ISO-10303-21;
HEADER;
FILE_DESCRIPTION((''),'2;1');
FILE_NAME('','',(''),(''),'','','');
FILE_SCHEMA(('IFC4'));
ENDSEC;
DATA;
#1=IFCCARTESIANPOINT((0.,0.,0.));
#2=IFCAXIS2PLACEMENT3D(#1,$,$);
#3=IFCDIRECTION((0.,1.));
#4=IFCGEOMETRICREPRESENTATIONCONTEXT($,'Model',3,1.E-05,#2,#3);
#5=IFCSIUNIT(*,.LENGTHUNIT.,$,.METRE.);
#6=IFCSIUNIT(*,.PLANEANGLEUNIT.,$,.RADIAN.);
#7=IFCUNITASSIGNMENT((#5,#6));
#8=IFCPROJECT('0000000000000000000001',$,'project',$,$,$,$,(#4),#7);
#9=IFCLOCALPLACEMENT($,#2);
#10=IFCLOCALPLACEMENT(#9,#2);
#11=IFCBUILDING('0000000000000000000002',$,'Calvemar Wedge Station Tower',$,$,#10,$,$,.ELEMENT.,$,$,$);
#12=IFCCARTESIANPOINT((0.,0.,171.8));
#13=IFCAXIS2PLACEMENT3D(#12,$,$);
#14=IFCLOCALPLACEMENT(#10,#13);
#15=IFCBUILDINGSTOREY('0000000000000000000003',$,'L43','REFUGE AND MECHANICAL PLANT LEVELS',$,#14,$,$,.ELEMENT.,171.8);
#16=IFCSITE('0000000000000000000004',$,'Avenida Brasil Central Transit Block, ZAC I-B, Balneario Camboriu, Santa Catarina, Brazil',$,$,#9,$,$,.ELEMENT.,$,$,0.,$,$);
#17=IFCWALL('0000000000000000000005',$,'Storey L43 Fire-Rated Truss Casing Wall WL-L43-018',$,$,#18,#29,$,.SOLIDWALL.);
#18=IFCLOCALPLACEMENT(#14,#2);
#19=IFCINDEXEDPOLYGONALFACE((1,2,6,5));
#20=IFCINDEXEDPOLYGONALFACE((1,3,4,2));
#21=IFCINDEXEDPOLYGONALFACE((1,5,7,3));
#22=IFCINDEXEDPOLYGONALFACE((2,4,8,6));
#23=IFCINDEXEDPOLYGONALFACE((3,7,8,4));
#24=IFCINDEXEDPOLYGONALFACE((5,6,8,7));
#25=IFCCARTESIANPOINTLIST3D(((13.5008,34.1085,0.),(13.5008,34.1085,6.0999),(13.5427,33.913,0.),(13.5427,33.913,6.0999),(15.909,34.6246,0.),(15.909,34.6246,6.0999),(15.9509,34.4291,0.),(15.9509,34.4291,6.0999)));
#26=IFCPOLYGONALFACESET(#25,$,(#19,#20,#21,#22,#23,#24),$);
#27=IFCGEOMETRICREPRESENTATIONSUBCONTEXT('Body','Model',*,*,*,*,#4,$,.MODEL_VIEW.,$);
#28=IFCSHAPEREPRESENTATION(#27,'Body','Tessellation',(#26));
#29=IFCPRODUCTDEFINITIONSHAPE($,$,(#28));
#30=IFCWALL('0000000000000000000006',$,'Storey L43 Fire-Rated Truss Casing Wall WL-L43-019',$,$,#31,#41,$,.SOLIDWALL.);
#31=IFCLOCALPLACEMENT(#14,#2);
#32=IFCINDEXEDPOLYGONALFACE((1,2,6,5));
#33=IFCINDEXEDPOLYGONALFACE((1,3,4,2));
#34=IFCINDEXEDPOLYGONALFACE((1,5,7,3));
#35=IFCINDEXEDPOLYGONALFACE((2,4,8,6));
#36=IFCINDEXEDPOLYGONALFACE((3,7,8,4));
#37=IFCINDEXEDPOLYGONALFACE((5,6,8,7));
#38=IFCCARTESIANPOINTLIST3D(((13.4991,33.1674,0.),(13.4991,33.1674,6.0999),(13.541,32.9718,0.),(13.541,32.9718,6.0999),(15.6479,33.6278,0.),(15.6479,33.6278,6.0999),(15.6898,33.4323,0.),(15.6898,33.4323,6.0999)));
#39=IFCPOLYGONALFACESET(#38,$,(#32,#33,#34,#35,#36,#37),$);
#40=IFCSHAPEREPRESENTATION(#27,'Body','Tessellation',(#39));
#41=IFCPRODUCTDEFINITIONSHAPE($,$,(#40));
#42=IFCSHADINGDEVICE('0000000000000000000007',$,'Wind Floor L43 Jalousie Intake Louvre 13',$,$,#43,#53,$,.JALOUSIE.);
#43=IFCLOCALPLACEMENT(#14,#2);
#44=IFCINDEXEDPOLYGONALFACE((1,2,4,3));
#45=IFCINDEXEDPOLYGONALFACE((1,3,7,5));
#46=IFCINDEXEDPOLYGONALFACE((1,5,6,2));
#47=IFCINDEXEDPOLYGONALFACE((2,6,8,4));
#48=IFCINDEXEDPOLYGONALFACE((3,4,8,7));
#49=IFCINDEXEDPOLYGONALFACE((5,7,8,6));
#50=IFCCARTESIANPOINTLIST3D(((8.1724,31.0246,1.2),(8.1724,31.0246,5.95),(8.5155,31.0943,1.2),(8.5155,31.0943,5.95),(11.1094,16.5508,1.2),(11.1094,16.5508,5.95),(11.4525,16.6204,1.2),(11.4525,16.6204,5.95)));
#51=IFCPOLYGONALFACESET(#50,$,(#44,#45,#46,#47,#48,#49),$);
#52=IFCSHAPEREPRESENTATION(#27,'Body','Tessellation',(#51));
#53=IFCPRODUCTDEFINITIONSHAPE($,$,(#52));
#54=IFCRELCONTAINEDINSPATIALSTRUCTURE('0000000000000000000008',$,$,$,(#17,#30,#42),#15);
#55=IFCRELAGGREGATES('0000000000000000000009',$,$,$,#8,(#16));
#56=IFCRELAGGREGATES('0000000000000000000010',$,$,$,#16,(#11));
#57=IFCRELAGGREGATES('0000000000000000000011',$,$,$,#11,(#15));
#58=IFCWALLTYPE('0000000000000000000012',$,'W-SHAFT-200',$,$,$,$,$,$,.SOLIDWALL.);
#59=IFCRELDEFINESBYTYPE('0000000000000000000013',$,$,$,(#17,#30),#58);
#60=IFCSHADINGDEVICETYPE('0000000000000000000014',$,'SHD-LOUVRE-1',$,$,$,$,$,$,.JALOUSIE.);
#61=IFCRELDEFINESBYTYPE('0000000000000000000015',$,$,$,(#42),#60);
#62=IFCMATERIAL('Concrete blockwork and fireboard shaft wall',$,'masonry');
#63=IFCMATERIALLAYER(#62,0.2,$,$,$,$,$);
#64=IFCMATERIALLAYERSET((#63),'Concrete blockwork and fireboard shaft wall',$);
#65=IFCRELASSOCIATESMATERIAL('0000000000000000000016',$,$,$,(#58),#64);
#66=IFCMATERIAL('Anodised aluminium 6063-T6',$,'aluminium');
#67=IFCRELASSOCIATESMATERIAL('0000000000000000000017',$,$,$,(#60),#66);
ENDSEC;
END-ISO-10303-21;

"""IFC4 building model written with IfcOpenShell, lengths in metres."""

from ifc_helpers import new_model, si_unit, direction, frame, frame_2d, origin, place, context, subcontext, project, spatial, rectangle, extrude, material, layer, layer_set, type_object, element, save


model = new_model("IFC4")

# Units and contexts
model_context = context("Model", 3, precision=1e-05, world=origin(), true_north=direction((0.0, 1.0)))
body_context = subcontext(model_context, "Body", "Model", "MODEL_VIEW")
ifc_project = project(units=[si_unit("LENGTHUNIT", "METRE"), si_unit("PLANEANGLEUNIT", "RADIAN")], contexts=[model_context])

# Site, building, storey
site_placement = place(None, origin())
site = spatial("IfcSite", under=ifc_project, at=site_placement, Name="Avenida Brasil Central Transit Block, ZAC I-B, Balneario Camboriu, Santa Catarina, Brazil", CompositionType="ELEMENT", RefElevation=0.0)
building_placement = place(site_placement, origin())
building = spatial("IfcBuilding", under=site, at=building_placement, Name="Calvemar Wedge Station Tower", CompositionType="ELEMENT")
storey_placement = place(building_placement, frame((0.0, 0.0, 171.8)))
storey = spatial("IfcBuildingStorey", under=building, at=storey_placement, Name="L43", Description="REFUGE AND MECHANICAL PLANT LEVELS", CompositionType="ELEMENT", Elevation=171.8)

# Walls
ifc_material_1 = material(Name="Concrete blockwork and fireboard shaft wall", Category="masonry")
ifc_layer_1 = layer(ifc_material_1, 0.2)
ifc_layer_set_1 = layer_set([ifc_layer_1], Name="Concrete blockwork and fireboard shaft wall")
wall_type_1 = type_object("IfcWallType", Name="W-SHAFT-200", PredefinedType="SOLIDWALL", material=ifc_layer_set_1)
wall_1_placement = place(storey_placement, frame((13.5217, 34.0107, 0.0), z_axis=(0.0, 0.0, 1.0), x_axis=(0.977797, 0.209556, 0.0)))
element("IfcWall", 1, at=wall_1_placement, inside=storey, type_object=wall_type_1, Name="Storey L43 Fire-Rated Truss Casing Wall WL-L43-018", PredefinedType="SOLIDWALL", context=body_context, shape_type="SweptSolid", body=[
    extrude(rectangle(XDim=2.4629, YDim=0.2, at=frame_2d((1.2314, 0.0))), origin(), (0.0, 0.0, 1.0), 6.0999),
])
wall_2_placement = place(storey_placement, frame((15.6687, 33.53, 0.0), z_axis=(0.0, 0.0, 1.0), x_axis=(-0.977801, -0.209537, 0.0)))
element("IfcWall", 2, at=wall_2_placement, inside=storey, type_object=wall_type_1, Name="Storey L43 Fire-Rated Truss Casing Wall WL-L43-019", PredefinedType="SOLIDWALL", context=body_context, shape_type="SweptSolid", body=[
    extrude(rectangle(XDim=2.1975, YDim=0.2, at=frame_2d((1.0986, 0.0))), origin(), (0.0, 0.0, 1.0), 6.0999),
])

# Shading device
ifc_material_2 = material(Name="Anodised aluminium 6063-T6", Category="aluminium")
shading_device_type = type_object("IfcShadingDeviceType", Name="SHD-LOUVRE-1", PredefinedType="JALOUSIE", material=ifc_material_2)
shading_device_placement = place(storey_placement, frame((8.344, 31.0593, 1.2), z_axis=(0.0, 0.0, 1.0), x_axis=(0.198865, -0.980027, 0.0)))
element("IfcShadingDevice", 3, at=shading_device_placement, inside=storey, type_object=shading_device_type, Name="Wind Floor L43 Jalousie Intake Louvre 13", PredefinedType="JALOUSIE", context=body_context, shape_type="SweptSolid", body=[
    extrude(rectangle(XDim=14.7688, YDim=0.3501, at=frame_2d((7.3843, 0.0))), origin(), (0.0, 0.0, 1.0), 4.75),
])

save(model, "model.ifc")
